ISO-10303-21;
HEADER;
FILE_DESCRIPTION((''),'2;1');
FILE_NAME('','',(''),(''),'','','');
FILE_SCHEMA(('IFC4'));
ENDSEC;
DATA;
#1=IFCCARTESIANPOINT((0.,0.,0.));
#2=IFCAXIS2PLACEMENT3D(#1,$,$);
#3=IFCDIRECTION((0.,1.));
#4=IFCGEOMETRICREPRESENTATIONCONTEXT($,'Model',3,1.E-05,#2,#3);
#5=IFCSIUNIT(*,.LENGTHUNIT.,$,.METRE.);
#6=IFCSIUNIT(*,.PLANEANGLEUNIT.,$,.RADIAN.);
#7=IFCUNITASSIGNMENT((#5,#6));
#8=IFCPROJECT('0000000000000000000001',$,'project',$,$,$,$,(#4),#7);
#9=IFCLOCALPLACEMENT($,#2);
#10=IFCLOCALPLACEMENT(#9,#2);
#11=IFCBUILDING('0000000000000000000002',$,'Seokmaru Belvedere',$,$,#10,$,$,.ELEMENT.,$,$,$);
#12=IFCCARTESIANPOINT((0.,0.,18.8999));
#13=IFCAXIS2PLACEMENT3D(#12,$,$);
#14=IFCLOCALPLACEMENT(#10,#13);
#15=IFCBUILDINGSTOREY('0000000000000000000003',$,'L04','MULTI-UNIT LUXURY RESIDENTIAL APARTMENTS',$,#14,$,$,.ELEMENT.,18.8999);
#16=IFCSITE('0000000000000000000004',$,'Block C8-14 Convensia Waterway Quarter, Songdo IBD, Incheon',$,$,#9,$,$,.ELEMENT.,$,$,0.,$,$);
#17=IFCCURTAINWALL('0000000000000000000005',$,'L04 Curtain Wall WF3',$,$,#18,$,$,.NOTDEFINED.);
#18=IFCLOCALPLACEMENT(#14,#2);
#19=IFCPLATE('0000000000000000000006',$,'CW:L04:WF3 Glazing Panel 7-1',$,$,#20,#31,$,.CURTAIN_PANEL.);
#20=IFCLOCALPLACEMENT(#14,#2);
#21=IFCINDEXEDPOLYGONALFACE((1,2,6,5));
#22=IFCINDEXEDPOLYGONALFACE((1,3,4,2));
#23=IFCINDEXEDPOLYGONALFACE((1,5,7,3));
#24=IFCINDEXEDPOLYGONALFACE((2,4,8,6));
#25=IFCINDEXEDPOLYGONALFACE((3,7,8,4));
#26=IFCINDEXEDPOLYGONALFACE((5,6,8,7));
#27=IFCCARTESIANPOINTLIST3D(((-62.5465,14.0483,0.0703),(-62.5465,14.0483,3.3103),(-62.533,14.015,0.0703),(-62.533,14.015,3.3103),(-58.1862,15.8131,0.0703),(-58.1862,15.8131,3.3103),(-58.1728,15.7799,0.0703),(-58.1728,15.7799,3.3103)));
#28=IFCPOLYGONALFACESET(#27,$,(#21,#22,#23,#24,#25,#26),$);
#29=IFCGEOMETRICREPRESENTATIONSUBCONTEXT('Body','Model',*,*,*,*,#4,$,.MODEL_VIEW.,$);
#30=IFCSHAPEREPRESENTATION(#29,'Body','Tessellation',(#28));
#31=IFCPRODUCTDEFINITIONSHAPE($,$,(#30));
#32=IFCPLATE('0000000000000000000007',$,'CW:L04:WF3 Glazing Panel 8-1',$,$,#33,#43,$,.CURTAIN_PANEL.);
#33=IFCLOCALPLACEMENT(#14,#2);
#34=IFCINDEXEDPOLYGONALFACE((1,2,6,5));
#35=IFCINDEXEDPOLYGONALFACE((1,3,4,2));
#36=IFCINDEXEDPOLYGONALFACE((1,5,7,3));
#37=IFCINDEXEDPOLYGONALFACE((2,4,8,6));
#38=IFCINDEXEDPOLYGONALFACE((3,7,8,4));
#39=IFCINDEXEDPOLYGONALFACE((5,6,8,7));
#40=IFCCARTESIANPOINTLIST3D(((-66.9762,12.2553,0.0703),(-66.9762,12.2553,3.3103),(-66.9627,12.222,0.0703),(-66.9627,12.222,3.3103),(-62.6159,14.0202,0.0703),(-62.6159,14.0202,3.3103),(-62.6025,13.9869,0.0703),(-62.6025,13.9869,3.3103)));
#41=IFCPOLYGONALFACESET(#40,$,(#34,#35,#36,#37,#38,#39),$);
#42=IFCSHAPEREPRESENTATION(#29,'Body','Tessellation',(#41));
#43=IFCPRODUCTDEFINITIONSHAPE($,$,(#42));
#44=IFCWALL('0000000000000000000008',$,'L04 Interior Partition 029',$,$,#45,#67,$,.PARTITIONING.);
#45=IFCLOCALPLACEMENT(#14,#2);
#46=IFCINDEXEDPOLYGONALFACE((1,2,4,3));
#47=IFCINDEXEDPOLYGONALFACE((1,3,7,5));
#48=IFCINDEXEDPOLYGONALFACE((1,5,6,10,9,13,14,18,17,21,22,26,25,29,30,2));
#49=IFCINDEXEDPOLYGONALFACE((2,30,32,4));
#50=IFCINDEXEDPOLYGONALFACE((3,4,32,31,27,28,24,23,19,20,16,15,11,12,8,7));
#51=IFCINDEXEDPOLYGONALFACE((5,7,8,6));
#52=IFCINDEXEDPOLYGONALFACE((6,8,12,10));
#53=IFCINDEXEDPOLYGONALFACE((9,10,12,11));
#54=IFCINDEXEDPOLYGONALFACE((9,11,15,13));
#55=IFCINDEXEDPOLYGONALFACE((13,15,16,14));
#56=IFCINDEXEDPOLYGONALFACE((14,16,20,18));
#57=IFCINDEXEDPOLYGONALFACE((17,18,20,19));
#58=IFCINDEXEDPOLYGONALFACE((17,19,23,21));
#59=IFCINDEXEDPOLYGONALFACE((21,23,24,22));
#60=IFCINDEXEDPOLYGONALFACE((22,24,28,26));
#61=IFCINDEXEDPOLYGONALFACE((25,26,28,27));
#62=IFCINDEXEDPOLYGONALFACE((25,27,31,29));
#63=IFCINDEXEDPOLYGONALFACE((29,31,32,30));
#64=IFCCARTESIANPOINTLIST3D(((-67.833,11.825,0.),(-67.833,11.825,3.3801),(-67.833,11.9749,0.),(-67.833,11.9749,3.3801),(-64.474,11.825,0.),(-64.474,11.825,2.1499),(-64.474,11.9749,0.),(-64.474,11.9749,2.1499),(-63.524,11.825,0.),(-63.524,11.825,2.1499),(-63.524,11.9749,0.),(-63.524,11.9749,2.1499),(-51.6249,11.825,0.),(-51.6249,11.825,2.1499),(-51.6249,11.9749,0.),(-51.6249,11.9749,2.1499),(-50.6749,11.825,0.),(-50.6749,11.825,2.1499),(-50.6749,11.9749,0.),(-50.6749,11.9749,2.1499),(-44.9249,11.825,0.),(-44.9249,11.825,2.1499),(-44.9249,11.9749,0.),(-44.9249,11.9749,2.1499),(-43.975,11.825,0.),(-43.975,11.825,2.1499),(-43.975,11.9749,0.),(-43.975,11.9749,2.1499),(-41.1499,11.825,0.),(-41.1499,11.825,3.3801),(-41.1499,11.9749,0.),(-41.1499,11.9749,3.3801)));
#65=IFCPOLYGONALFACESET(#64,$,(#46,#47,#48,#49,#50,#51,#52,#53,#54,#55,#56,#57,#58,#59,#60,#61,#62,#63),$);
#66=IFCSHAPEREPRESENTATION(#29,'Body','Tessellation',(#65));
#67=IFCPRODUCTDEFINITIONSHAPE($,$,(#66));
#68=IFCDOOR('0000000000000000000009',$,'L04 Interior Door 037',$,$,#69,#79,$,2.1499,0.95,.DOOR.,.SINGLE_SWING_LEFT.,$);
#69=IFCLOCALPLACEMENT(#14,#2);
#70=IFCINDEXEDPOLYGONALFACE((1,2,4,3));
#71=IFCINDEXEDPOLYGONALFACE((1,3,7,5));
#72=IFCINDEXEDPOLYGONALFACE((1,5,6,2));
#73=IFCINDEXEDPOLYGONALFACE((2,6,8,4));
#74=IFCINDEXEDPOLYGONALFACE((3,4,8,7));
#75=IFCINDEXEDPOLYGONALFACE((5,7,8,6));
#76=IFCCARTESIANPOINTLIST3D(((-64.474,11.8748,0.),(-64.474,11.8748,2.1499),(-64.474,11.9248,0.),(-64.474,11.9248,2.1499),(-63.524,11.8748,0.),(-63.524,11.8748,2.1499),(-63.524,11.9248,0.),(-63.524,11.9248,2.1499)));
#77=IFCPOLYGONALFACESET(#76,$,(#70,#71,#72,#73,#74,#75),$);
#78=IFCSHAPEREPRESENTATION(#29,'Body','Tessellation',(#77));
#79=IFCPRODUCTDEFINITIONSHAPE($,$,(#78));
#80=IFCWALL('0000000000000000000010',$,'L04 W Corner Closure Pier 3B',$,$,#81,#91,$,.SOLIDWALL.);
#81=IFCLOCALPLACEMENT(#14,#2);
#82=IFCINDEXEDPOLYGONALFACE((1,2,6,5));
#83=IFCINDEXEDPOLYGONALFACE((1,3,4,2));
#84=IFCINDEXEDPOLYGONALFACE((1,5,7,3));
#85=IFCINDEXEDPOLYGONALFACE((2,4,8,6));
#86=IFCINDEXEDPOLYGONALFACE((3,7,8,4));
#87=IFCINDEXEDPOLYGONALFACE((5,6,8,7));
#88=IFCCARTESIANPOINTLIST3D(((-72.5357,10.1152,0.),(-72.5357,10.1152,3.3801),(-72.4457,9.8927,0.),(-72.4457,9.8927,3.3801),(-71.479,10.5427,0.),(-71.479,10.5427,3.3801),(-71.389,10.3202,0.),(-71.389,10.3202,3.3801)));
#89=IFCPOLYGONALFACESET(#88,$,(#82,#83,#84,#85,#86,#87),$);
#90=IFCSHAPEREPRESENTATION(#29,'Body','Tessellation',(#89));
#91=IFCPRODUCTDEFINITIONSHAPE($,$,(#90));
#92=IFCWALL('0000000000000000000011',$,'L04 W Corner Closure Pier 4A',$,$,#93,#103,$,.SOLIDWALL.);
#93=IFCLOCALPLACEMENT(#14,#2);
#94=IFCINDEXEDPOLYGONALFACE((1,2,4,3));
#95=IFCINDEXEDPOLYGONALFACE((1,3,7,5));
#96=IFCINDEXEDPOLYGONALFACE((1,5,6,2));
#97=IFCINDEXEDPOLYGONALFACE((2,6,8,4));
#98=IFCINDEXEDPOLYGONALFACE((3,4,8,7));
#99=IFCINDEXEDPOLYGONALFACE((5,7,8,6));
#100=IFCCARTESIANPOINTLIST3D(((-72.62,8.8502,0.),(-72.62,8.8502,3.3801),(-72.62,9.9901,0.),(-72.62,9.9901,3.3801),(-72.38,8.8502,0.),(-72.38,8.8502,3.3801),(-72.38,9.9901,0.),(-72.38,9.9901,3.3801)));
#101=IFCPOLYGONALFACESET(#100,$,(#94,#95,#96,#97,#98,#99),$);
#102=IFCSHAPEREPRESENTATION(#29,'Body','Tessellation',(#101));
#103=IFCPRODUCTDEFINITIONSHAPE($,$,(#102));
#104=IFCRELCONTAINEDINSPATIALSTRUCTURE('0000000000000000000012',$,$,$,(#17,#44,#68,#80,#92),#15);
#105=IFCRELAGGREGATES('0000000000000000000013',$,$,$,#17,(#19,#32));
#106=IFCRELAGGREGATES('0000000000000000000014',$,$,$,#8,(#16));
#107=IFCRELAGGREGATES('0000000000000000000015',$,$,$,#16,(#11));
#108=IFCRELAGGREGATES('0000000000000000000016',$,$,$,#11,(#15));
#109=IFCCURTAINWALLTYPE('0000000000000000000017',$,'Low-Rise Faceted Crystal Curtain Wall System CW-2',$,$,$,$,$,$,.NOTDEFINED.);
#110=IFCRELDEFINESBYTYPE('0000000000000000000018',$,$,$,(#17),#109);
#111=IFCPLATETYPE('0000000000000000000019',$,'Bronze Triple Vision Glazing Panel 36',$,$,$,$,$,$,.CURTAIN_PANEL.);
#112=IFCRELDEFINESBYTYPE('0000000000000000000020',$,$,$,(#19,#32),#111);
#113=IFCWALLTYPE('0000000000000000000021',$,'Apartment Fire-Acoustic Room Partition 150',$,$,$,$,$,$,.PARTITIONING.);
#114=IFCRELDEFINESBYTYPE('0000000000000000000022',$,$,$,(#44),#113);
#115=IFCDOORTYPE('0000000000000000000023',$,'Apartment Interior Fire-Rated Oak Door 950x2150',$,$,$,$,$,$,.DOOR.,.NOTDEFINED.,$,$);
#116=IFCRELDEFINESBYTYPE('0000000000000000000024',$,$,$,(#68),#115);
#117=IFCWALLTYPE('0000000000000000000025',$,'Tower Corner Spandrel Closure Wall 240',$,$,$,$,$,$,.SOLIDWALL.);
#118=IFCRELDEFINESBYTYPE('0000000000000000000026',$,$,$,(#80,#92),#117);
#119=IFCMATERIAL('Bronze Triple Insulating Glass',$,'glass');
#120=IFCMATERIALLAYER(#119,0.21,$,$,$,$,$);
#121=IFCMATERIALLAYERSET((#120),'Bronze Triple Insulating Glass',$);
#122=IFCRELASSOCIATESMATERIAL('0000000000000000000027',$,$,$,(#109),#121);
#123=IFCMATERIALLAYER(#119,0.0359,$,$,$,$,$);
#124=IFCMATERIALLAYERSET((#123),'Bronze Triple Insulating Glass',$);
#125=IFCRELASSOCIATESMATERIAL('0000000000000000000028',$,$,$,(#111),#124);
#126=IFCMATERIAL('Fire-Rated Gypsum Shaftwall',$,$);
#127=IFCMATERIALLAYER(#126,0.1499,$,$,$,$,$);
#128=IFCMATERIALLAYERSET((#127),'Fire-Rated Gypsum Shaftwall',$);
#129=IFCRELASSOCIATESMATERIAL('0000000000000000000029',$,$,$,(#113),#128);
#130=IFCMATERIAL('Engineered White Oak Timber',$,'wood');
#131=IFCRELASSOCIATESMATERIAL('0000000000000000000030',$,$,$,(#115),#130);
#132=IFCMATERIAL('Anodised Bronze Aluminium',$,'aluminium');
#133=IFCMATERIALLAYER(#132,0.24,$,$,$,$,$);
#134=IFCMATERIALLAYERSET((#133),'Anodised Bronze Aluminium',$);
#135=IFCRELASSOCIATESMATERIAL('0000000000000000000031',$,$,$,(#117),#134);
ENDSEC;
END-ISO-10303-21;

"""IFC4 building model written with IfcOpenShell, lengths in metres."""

from ifc_helpers import new_model, si_unit, direction, frame, frame_2d, origin, origin_2d, place, context, subcontext, project, spatial, rectangle, extrude, source, transform, mapped, material, layer, layer_set, type_object, type_shapes, element, fill, aggregate, save


model = new_model("IFC4")

# Units and contexts
model_context = context("Model", 3, precision=1e-05, world=origin(), true_north=direction((0.0, 1.0)))
body_context = subcontext(model_context, "Body", "Model", "MODEL_VIEW")
ifc_project = project(units=[si_unit("LENGTHUNIT", "METRE"), si_unit("PLANEANGLEUNIT", "RADIAN")], contexts=[model_context])

# Site, building, storey
site_placement = place(None, origin())
site = spatial("IfcSite", under=ifc_project, at=site_placement, Name="Block C8-14 Convensia Waterway Quarter, Songdo IBD, Incheon", CompositionType="ELEMENT", RefElevation=0.0)
building_placement = place(site_placement, origin())
building = spatial("IfcBuilding", under=site, at=building_placement, Name="Seokmaru Belvedere", CompositionType="ELEMENT")
storey_placement = place(building_placement, frame((0.0, 0.0, 18.8999)))
storey = spatial("IfcBuildingStorey", under=building, at=storey_placement, Name="L04", Description="MULTI-UNIT LUXURY RESIDENTIAL APARTMENTS", CompositionType="ELEMENT", Elevation=18.8999)

# Curtain wall
ifc_material_1 = material(Name="Bronze Triple Insulating Glass", Category="glass")
ifc_layer_1 = layer(ifc_material_1, 0.21)
ifc_layer_set_1 = layer_set([ifc_layer_1], Name="Bronze Triple Insulating Glass")
curtain_wall_type = type_object("IfcCurtainWallType", Name="Low-Rise Faceted Crystal Curtain Wall System CW-2", PredefinedType="NOTDEFINED", material=ifc_layer_set_1)
curtain_wall_1_placement = place(storey_placement, origin())
curtain_wall_1 = element("IfcCurtainWall", 1, at=curtain_wall_1_placement, inside=storey, type_object=curtain_wall_type, Name="L04 Curtain Wall WF3", PredefinedType="NOTDEFINED")
ifc_material_2 = material(Name="Anodised Bronze Aluminium", Category="aluminium")

# Plates
ifc_layer_2 = layer(ifc_material_1, 0.0359)
ifc_layer_set_2 = layer_set([ifc_layer_2], Name="Bronze Triple Insulating Glass")
plate_type = type_object("IfcPlateType", Name="Bronze Triple Vision Glazing Panel 36", PredefinedType="CURTAIN_PANEL", material=ifc_layer_set_2)
shared_shape_1 = source(origin(), body_context, "Body", "SweptSolid", [
    extrude(rectangle(XDim=4.7039, YDim=0.0359, at=origin_2d()), origin(), (0.0, 0.0, 1.0), 3.24),
])
plate_1_placement = place(storey_placement, frame((-60.3596, 14.9141, 0.0703), z_axis=(0.0, 0.0, 1.0), x_axis=(-0.926947, -0.375192, 0.0)))
plate_1 = element("IfcPlate", 2, at=plate_1_placement, type_object=plate_type, Name="CW:L04:WF3 Glazing Panel 7-1", PredefinedType="CURTAIN_PANEL", context=body_context, shape_type="MappedRepresentation", body=[
    mapped(shared_shape_1, transform((0.0, 0.0, 0.0), scale=1.0)),
])
plate_2_placement = place(storey_placement, frame((-64.7893, 13.1211, 0.0703), z_axis=(0.0, 0.0, 1.0), x_axis=(-0.926947, -0.375192, 0.0)))
plate_2 = element("IfcPlate", 3, at=plate_2_placement, type_object=plate_type, Name="CW:L04:WF3 Glazing Panel 8-1", PredefinedType="CURTAIN_PANEL", context=body_context, shape_type="MappedRepresentation", body=[
    mapped(shared_shape_1, transform((0.0, 0.0, 0.0), scale=1.0)),
])
aggregate(curtain_wall_1, [plate_1, plate_2])

# Wall, openings, door
ifc_material_3 = material(Name="Fire-Rated Gypsum Shaftwall")
ifc_layer_3 = layer(ifc_material_3, 0.1499)
ifc_layer_set_3 = layer_set([ifc_layer_3], Name="Fire-Rated Gypsum Shaftwall")
wall_type_1 = type_object("IfcWallType", Name="Apartment Fire-Acoustic Room Partition 150", PredefinedType="PARTITIONING", material=ifc_layer_set_3)
wall_placement = place(storey_placement, frame((-67.833, 11.8999, 0.0), z_axis=(0.0, 0.0, 1.0), x_axis=(1.0, 0.0, 0.0)))
wall = element("IfcWall", 4, at=wall_placement, inside=storey, type_object=wall_type_1, Name="L04 Interior Partition 029", PredefinedType="PARTITIONING", context=body_context, shape_type="SweptSolid", body=[
    extrude(rectangle(XDim=26.6831, YDim=0.1499, at=frame_2d((13.3416, 0.0))), origin(), (0.0, 0.0, 1.0), 3.3801),
])
opening_1_placement = place(wall_placement, frame((22.908, 0.0, 0.0)))
element("IfcOpeningElement", 5, at=opening_1_placement, cuts=wall, PredefinedType="OPENING", context=body_context, shape_type="SweptSolid", body=[
    extrude(rectangle(XDim=0.95, YDim=2.1499, at=frame_2d((0.4751, 1.075))), frame((0.0, 0.085, 0.0), z_axis=(0.0, -1.0, 0.0), x_axis=(1.0, 0.0, 0.0)), (0.0, 0.0, 1.0), 0.1699),
])
opening_2_placement = place(wall_placement, frame((3.3589, 0.0, 0.0)))
opening_2 = element("IfcOpeningElement", 6, at=opening_2_placement, cuts=wall, PredefinedType="OPENING", context=body_context, shape_type="SweptSolid", body=[
    extrude(rectangle(XDim=0.95, YDim=2.1499, at=frame_2d((0.4751, 1.075))), frame((0.0, 0.085, 0.0), z_axis=(0.0, -1.0, 0.0), x_axis=(1.0, 0.0, 0.0)), (0.0, 0.0, 1.0), 0.1699),
])
opening_3_placement = place(wall_placement, frame((16.208, 0.0, 0.0)))
element("IfcOpeningElement", 7, at=opening_3_placement, cuts=wall, PredefinedType="OPENING", context=body_context, shape_type="SweptSolid", body=[
    extrude(rectangle(XDim=0.95, YDim=2.1499, at=frame_2d((0.4751, 1.075))), frame((0.0, 0.085, 0.0), z_axis=(0.0, -1.0, 0.0), x_axis=(1.0, 0.0, 0.0)), (0.0, 0.0, 1.0), 0.1699),
])
ifc_material_4 = material(Name="Engineered White Oak Timber", Category="wood")
door_type = type_object("IfcDoorType", Name="Apartment Interior Fire-Rated Oak Door 950x2150", OperationType="NOTDEFINED", PredefinedType="DOOR", material=ifc_material_4)
shared_shape_2 = source(origin(), body_context, "Body", "SweptSolid", [
    extrude(rectangle(XDim=0.95, YDim=2.1499, at=frame_2d((0.4751, 1.075))), frame((0.0, 0.0249, 0.0), z_axis=(0.0, -1.0, 0.0), x_axis=(1.0, 0.0, 0.0)), (0.0, 0.0, 1.0), 0.05),
])
type_shapes(door_type, [shared_shape_2])
door_placement = place(opening_2_placement, origin())
door = element("IfcDoor", 8, at=door_placement, inside=storey, type_object=door_type, Name="L04 Interior Door 037", OperationType="SINGLE_SWING_LEFT", OverallHeight=2.1499, OverallWidth=0.95, PredefinedType="DOOR", context=body_context, shape_type="MappedRepresentation", body=[
    mapped(shared_shape_2, transform((0.0, 0.0, 0.0), scale=1.0)),
])
fill(opening_2, door)

# Walls
ifc_layer_4 = layer(ifc_material_2, 0.24)
ifc_layer_set_4 = layer_set([ifc_layer_4], Name="Anodised Bronze Aluminium")
wall_type_2 = type_object("IfcWallType", Name="Tower Corner Spandrel Closure Wall 240", PredefinedType="SOLIDWALL", material=ifc_layer_set_4)
for number, where, z_axis, x_axis, name in (
    (9, (-71.4341, 10.4314, 0.0), (0.0, 0.0, 1.0), (-0.927007, -0.375044, 0.0), "L04 W Corner Closure Pier 3B"),
    (10, (-72.5, 9.99, 0.0), (0.0, 0.0, 1.0), (0.0, -1.0, 0.0), "L04 W Corner Closure Pier 4A"),
):
    element("IfcWall", number, at=place(storey_placement, frame(where, z_axis=z_axis, x_axis=x_axis)), inside=storey, type_object=wall_type_2, Name=name, PredefinedType="SOLIDWALL", context=body_context, shape_type="SweptSolid", body=[
        extrude(rectangle(XDim=1.1399, YDim=0.24, at=frame_2d((0.5698, 0.0))), origin(), (0.0, 0.0, 1.0), 3.3801),
    ])

save(model, "model.ifc")
